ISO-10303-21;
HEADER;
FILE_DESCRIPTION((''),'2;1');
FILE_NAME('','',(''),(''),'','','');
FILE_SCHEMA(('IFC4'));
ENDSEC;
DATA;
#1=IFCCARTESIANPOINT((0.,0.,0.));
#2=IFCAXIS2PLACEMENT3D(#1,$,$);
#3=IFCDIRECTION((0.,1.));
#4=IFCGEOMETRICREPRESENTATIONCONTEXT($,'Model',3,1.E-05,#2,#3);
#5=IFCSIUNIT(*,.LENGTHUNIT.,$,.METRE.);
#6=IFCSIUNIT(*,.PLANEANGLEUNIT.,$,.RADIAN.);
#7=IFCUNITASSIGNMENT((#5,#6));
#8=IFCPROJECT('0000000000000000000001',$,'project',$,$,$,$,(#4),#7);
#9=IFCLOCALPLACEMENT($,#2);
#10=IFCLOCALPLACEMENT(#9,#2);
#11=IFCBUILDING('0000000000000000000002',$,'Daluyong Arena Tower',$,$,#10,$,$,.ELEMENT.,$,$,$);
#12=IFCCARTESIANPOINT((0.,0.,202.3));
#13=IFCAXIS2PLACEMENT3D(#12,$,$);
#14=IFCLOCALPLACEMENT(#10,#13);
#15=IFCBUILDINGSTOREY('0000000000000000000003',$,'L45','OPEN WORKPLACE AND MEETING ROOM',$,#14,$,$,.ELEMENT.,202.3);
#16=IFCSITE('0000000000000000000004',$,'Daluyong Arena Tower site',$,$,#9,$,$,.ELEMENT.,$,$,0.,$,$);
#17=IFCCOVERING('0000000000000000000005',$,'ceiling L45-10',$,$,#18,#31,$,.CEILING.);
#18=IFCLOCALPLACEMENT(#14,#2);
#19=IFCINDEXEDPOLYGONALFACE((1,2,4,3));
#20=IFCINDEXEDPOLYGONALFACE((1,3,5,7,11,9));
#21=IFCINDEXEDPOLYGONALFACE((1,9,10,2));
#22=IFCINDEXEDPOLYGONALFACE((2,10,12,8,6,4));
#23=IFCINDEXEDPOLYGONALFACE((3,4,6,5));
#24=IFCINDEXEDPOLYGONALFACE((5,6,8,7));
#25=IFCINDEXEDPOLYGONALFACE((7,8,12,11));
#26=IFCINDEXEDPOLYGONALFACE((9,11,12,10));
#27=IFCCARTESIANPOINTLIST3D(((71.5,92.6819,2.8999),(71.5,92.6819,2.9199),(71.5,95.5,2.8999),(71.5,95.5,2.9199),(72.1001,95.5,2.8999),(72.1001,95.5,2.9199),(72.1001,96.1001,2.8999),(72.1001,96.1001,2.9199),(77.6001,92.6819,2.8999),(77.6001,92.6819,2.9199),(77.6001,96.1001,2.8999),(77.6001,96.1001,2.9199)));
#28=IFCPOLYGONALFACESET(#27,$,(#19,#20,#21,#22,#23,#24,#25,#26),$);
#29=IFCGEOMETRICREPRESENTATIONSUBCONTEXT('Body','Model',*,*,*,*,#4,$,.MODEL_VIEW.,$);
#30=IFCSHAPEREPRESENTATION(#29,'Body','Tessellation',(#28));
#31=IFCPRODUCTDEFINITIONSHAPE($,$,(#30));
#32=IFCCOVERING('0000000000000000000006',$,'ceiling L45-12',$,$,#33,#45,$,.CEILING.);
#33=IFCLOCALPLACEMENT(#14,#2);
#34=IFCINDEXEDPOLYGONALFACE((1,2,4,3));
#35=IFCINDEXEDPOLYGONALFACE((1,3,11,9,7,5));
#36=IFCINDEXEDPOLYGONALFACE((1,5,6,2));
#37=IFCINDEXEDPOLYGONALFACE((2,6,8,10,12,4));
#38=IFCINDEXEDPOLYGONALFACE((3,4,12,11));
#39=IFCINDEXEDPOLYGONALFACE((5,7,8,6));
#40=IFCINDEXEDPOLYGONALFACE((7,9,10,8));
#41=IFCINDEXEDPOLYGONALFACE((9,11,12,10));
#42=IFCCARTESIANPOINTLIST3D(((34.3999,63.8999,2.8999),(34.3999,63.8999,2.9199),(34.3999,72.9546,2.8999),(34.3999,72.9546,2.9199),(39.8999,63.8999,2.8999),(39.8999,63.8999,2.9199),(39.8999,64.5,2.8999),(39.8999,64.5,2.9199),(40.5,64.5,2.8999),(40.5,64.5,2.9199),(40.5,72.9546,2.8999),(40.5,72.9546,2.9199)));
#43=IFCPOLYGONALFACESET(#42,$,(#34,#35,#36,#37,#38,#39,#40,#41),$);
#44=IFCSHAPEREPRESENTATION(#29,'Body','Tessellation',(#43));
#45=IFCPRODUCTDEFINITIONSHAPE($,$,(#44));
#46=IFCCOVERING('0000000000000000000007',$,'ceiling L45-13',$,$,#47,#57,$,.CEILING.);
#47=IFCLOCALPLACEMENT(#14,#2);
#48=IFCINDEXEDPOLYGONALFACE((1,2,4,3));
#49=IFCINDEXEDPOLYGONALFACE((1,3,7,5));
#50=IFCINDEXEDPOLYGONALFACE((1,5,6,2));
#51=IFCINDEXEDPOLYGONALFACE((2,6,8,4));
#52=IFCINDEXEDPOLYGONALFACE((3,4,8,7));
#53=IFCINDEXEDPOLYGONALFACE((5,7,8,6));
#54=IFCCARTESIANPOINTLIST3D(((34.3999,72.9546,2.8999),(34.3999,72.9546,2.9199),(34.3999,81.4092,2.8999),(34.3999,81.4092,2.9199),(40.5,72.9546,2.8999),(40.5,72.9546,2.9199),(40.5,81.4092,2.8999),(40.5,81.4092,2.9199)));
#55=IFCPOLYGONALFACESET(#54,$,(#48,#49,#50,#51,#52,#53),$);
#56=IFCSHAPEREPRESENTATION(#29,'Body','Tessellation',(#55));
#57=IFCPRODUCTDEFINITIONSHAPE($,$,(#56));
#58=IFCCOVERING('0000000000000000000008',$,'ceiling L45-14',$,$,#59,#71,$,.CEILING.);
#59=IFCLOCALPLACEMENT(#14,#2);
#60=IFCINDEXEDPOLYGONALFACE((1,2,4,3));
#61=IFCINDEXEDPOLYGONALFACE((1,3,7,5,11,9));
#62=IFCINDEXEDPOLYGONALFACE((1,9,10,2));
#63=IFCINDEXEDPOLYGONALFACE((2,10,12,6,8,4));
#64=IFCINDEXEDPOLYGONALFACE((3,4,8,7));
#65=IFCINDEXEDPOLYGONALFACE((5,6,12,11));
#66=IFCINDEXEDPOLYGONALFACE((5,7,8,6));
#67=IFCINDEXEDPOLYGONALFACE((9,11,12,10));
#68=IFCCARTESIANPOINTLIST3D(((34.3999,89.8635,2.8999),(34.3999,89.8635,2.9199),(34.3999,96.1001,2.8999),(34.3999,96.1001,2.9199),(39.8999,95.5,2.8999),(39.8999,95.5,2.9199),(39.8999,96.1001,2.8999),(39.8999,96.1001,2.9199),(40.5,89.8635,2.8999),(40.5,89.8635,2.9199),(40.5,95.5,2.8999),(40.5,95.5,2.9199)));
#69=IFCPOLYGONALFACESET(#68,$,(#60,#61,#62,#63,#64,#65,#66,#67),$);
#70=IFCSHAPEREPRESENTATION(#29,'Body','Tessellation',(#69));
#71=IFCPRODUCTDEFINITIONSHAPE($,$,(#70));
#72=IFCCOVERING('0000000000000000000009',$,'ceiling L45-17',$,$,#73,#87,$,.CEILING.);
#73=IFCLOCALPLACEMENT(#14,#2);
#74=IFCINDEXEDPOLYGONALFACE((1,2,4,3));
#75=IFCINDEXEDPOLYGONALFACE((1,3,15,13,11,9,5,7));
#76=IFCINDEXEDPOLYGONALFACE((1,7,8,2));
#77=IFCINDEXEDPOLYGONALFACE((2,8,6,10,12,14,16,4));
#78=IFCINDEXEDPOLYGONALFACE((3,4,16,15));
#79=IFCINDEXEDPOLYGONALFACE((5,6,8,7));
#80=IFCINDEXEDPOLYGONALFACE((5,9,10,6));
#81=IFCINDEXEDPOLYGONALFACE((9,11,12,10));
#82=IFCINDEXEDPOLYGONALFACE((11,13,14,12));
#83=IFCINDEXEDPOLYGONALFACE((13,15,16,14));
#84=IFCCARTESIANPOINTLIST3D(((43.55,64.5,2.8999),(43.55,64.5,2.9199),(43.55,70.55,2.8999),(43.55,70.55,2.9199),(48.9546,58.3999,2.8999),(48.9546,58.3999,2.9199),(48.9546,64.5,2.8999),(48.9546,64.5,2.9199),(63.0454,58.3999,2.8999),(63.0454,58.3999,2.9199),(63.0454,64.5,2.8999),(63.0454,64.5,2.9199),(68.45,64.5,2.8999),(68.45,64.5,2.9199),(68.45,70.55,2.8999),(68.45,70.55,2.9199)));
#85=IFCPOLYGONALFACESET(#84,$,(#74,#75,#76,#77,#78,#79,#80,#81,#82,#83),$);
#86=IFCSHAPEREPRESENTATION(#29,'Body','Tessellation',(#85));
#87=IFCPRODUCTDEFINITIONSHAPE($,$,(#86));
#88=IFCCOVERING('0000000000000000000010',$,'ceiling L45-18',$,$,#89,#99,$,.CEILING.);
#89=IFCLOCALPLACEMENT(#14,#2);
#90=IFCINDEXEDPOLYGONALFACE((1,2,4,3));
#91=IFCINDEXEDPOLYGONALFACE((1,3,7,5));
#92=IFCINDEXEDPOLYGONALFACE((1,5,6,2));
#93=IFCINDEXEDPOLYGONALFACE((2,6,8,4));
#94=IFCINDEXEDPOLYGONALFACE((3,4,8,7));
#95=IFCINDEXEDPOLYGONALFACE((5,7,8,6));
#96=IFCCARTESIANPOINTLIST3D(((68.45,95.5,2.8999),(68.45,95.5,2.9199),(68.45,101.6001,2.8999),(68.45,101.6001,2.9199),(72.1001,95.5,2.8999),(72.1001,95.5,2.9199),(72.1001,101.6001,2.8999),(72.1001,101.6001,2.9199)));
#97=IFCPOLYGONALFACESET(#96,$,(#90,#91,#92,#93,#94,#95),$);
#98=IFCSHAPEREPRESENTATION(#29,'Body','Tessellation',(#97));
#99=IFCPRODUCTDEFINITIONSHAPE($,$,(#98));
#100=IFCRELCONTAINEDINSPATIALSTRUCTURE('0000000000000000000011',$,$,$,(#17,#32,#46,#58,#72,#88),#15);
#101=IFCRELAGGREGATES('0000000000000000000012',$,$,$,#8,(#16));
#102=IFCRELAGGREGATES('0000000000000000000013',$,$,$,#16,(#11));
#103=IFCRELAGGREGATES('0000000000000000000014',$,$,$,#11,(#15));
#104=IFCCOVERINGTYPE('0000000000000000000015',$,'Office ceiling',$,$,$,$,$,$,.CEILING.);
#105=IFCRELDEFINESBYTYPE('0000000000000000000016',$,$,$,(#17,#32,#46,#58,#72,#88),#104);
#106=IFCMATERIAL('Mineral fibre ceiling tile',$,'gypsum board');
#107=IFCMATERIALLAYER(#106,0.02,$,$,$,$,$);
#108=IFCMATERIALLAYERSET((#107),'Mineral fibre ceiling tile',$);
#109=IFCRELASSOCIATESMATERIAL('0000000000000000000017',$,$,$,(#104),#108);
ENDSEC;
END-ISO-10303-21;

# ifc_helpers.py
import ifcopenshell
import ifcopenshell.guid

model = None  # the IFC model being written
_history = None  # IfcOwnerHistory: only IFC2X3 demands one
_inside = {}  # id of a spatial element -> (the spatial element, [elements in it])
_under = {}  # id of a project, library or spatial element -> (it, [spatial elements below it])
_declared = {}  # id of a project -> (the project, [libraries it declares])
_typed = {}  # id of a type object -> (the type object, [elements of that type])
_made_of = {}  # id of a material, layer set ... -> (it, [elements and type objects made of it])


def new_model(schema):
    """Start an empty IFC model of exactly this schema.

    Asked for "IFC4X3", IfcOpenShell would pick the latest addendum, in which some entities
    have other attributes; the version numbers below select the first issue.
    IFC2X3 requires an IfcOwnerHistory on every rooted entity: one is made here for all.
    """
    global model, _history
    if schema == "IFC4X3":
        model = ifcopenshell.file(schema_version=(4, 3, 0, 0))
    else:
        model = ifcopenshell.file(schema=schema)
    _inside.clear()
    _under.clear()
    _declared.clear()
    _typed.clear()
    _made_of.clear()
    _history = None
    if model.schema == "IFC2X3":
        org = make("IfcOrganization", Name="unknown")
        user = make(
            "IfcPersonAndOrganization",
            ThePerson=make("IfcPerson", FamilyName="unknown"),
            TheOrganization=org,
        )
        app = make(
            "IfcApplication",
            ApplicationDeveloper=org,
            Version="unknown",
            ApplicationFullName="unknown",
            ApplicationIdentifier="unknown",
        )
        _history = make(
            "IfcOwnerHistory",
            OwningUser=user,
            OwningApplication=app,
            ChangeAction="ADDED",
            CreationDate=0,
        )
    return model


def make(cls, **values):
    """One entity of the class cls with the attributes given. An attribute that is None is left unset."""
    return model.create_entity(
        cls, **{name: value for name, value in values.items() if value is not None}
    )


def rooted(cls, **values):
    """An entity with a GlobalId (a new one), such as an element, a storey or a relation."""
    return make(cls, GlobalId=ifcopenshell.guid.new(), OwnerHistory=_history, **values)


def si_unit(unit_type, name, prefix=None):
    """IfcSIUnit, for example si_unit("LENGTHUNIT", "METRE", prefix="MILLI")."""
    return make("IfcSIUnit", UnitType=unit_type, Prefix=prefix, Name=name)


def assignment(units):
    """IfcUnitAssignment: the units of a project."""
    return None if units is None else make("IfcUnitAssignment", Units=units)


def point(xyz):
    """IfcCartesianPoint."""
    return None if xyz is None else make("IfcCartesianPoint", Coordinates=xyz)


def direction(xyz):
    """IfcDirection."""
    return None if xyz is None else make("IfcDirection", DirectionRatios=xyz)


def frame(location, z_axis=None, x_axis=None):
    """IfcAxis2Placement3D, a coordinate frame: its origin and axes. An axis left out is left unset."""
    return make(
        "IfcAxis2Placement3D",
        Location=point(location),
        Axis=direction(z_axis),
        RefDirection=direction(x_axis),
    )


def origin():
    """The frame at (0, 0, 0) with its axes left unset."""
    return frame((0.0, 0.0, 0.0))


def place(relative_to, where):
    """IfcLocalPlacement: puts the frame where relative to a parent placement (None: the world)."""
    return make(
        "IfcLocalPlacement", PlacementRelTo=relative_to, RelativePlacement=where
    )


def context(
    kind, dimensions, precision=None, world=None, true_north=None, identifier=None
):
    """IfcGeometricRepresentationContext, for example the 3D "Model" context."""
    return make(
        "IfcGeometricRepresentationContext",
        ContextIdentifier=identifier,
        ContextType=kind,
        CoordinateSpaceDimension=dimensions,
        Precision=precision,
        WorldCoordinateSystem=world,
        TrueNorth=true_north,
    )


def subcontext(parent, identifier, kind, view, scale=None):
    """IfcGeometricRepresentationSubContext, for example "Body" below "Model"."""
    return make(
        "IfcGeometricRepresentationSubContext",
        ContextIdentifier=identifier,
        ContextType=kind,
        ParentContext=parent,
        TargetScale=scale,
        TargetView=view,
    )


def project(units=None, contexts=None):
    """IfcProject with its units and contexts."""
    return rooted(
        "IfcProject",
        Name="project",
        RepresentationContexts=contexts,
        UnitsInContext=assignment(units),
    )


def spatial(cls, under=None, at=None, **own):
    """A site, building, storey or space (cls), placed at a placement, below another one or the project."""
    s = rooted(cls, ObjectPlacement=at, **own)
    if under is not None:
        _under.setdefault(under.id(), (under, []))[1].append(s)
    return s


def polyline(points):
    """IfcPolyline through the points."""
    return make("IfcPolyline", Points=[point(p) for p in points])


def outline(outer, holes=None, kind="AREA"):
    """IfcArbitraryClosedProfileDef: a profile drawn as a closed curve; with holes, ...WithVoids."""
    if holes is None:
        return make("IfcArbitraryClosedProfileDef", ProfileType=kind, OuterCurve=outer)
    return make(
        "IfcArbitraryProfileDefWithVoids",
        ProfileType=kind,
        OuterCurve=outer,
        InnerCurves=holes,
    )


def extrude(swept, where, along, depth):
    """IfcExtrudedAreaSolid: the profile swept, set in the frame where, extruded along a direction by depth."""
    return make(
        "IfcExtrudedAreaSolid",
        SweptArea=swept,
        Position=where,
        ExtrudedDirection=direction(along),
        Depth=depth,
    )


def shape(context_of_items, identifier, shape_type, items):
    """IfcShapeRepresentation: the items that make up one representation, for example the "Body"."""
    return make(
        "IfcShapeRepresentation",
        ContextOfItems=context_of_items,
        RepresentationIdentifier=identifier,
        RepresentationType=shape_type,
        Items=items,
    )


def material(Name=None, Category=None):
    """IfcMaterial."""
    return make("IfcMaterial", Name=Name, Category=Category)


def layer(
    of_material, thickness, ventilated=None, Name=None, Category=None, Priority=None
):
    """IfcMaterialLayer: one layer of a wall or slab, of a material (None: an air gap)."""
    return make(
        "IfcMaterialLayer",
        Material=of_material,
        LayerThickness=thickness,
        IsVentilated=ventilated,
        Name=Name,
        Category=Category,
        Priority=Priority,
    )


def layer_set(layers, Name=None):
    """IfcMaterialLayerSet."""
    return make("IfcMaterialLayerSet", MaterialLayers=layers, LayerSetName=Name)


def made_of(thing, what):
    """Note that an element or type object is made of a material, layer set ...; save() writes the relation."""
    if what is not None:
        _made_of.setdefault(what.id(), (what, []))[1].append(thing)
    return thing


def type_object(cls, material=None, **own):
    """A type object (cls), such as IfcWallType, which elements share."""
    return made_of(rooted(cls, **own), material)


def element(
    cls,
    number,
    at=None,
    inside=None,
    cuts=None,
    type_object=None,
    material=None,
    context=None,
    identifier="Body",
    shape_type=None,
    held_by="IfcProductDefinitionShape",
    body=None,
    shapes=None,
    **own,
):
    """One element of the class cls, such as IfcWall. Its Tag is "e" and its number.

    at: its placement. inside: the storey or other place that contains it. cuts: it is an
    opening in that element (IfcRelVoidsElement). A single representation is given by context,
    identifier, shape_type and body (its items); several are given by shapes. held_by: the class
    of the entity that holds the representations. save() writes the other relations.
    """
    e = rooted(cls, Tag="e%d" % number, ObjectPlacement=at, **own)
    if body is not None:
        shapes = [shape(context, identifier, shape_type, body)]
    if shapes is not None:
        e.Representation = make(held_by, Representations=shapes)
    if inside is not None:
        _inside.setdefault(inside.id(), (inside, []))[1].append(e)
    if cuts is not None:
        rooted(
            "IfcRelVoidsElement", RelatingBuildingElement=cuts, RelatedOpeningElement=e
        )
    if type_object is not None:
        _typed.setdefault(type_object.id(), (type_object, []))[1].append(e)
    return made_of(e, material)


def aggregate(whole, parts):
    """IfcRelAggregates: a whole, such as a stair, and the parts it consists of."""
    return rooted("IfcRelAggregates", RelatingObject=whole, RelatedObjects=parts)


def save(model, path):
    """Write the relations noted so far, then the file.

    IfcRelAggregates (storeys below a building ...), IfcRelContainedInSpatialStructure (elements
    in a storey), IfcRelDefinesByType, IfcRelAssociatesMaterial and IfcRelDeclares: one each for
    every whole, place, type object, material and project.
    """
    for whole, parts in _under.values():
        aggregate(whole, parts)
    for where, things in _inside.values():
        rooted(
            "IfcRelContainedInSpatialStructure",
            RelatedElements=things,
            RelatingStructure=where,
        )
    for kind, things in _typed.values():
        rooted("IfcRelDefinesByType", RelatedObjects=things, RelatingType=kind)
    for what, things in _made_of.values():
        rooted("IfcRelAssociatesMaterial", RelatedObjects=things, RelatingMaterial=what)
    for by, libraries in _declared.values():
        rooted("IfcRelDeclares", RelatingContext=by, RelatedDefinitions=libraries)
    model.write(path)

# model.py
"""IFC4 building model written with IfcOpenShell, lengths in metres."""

from ifc_helpers import new_model, si_unit, direction, frame, origin, place, context, subcontext, project, spatial, polyline, outline, extrude, material, layer, layer_set, type_object, element, save


model = new_model("IFC4")

# Units and contexts
model_context = context("Model", 3, precision=1e-05, world=origin(), true_north=direction((0.0, 1.0)))
body_context = subcontext(model_context, "Body", "Model", "MODEL_VIEW")
ifc_project = project(units=[si_unit("LENGTHUNIT", "METRE"), si_unit("PLANEANGLEUNIT", "RADIAN")], contexts=[model_context])

# Site, building, storey
site_placement = place(None, origin())
site = spatial("IfcSite", under=ifc_project, at=site_placement, Name="Daluyong Arena Tower site", CompositionType="ELEMENT", RefElevation=0.0)
building_placement = place(site_placement, origin())
building = spatial("IfcBuilding", under=site, at=building_placement, Name="Daluyong Arena Tower", CompositionType="ELEMENT")
storey_placement = place(building_placement, frame((0.0, 0.0, 202.3)))
storey = spatial("IfcBuildingStorey", under=building, at=storey_placement, Name="L45", Description="OPEN WORKPLACE AND MEETING ROOM", CompositionType="ELEMENT", Elevation=202.3)

# Coverings
ifc_material_1 = material(Name="Mineral fibre ceiling tile", Category="gypsum board")
ifc_layer_1 = layer(ifc_material_1, 0.02)
ifc_layer_set_1 = layer_set([ifc_layer_1], Name="Mineral fibre ceiling tile")
covering_type = type_object("IfcCoveringType", Name="Office ceiling", PredefinedType="CEILING", material=ifc_layer_set_1)
covering_1_placement = place(storey_placement, frame((0.0, 0.0, 2.8999)))
element("IfcCovering", 1, at=covering_1_placement, inside=storey, type_object=covering_type, Name="ceiling L45-10", PredefinedType="CEILING", context=body_context, shape_type="SweptSolid", body=[
    extrude(outline(polyline([(71.5, 92.6819), (77.6001, 92.6819), (77.6001, 96.1001), (72.1001, 96.1001), (72.1001, 95.5), (71.5, 95.5), (71.5, 92.6819)])), origin(), (0.0, 0.0, 1.0), 0.02),
])
covering_2_placement = place(storey_placement, frame((0.0, 0.0, 2.8999)))
element("IfcCovering", 2, at=covering_2_placement, inside=storey, type_object=covering_type, Name="ceiling L45-12", PredefinedType="CEILING", context=body_context, shape_type="SweptSolid", body=[
    extrude(outline(polyline([(34.3999, 63.8999), (39.8999, 63.8999), (39.8999, 64.5), (40.5, 64.5), (40.5, 72.9546), (34.3999, 72.9546), (34.3999, 63.8999)])), origin(), (0.0, 0.0, 1.0), 0.02),
])
covering_3_placement = place(storey_placement, frame((0.0, 0.0, 2.8999)))
element("IfcCovering", 3, at=covering_3_placement, inside=storey, type_object=covering_type, Name="ceiling L45-13", PredefinedType="CEILING", context=body_context, shape_type="SweptSolid", body=[
    extrude(outline(polyline([(40.5, 81.4092), (34.3999, 81.4092), (34.3999, 72.9546), (40.5, 72.9546), (40.5, 81.4092)])), origin(), (0.0, 0.0, 1.0), 0.02),
])
covering_4_placement = place(storey_placement, frame((0.0, 0.0, 2.8999)))
element("IfcCovering", 4, at=covering_4_placement, inside=storey, type_object=covering_type, Name="ceiling L45-14", PredefinedType="CEILING", context=body_context, shape_type="SweptSolid", body=[
    extrude(outline(polyline([(40.5, 89.8635), (40.5, 95.5), (39.8999, 95.5), (39.8999, 96.1001), (34.3999, 96.1001), (34.3999, 89.8635), (40.5, 89.8635)])), origin(), (0.0, 0.0, 1.0), 0.02),
])
covering_5_placement = place(storey_placement, frame((0.0, 0.0, 2.8999)))
element("IfcCovering", 5, at=covering_5_placement, inside=storey, type_object=covering_type, Name="ceiling L45-17", PredefinedType="CEILING", context=body_context, shape_type="SweptSolid", body=[
    extrude(outline(polyline([(63.0454, 58.3999), (63.0454, 64.5), (68.45, 64.5), (68.45, 70.55), (43.55, 70.55), (43.55, 64.5), (48.9546, 64.5), (48.9546, 58.3999), (63.0454, 58.3999)])), origin(), (0.0, 0.0, 1.0), 0.02),
])
covering_6_placement = place(storey_placement, frame((0.0, 0.0, 2.8999)))
element("IfcCovering", 6, at=covering_6_placement, inside=storey, type_object=covering_type, Name="ceiling L45-18", PredefinedType="CEILING", context=body_context, shape_type="SweptSolid", body=[
    extrude(outline(polyline([(72.1001, 101.6001), (68.45, 101.6001), (68.45, 95.5), (72.1001, 95.5), (72.1001, 101.6001)])), origin(), (0.0, 0.0, 1.0), 0.02),
])

save(model, "model.ifc")
